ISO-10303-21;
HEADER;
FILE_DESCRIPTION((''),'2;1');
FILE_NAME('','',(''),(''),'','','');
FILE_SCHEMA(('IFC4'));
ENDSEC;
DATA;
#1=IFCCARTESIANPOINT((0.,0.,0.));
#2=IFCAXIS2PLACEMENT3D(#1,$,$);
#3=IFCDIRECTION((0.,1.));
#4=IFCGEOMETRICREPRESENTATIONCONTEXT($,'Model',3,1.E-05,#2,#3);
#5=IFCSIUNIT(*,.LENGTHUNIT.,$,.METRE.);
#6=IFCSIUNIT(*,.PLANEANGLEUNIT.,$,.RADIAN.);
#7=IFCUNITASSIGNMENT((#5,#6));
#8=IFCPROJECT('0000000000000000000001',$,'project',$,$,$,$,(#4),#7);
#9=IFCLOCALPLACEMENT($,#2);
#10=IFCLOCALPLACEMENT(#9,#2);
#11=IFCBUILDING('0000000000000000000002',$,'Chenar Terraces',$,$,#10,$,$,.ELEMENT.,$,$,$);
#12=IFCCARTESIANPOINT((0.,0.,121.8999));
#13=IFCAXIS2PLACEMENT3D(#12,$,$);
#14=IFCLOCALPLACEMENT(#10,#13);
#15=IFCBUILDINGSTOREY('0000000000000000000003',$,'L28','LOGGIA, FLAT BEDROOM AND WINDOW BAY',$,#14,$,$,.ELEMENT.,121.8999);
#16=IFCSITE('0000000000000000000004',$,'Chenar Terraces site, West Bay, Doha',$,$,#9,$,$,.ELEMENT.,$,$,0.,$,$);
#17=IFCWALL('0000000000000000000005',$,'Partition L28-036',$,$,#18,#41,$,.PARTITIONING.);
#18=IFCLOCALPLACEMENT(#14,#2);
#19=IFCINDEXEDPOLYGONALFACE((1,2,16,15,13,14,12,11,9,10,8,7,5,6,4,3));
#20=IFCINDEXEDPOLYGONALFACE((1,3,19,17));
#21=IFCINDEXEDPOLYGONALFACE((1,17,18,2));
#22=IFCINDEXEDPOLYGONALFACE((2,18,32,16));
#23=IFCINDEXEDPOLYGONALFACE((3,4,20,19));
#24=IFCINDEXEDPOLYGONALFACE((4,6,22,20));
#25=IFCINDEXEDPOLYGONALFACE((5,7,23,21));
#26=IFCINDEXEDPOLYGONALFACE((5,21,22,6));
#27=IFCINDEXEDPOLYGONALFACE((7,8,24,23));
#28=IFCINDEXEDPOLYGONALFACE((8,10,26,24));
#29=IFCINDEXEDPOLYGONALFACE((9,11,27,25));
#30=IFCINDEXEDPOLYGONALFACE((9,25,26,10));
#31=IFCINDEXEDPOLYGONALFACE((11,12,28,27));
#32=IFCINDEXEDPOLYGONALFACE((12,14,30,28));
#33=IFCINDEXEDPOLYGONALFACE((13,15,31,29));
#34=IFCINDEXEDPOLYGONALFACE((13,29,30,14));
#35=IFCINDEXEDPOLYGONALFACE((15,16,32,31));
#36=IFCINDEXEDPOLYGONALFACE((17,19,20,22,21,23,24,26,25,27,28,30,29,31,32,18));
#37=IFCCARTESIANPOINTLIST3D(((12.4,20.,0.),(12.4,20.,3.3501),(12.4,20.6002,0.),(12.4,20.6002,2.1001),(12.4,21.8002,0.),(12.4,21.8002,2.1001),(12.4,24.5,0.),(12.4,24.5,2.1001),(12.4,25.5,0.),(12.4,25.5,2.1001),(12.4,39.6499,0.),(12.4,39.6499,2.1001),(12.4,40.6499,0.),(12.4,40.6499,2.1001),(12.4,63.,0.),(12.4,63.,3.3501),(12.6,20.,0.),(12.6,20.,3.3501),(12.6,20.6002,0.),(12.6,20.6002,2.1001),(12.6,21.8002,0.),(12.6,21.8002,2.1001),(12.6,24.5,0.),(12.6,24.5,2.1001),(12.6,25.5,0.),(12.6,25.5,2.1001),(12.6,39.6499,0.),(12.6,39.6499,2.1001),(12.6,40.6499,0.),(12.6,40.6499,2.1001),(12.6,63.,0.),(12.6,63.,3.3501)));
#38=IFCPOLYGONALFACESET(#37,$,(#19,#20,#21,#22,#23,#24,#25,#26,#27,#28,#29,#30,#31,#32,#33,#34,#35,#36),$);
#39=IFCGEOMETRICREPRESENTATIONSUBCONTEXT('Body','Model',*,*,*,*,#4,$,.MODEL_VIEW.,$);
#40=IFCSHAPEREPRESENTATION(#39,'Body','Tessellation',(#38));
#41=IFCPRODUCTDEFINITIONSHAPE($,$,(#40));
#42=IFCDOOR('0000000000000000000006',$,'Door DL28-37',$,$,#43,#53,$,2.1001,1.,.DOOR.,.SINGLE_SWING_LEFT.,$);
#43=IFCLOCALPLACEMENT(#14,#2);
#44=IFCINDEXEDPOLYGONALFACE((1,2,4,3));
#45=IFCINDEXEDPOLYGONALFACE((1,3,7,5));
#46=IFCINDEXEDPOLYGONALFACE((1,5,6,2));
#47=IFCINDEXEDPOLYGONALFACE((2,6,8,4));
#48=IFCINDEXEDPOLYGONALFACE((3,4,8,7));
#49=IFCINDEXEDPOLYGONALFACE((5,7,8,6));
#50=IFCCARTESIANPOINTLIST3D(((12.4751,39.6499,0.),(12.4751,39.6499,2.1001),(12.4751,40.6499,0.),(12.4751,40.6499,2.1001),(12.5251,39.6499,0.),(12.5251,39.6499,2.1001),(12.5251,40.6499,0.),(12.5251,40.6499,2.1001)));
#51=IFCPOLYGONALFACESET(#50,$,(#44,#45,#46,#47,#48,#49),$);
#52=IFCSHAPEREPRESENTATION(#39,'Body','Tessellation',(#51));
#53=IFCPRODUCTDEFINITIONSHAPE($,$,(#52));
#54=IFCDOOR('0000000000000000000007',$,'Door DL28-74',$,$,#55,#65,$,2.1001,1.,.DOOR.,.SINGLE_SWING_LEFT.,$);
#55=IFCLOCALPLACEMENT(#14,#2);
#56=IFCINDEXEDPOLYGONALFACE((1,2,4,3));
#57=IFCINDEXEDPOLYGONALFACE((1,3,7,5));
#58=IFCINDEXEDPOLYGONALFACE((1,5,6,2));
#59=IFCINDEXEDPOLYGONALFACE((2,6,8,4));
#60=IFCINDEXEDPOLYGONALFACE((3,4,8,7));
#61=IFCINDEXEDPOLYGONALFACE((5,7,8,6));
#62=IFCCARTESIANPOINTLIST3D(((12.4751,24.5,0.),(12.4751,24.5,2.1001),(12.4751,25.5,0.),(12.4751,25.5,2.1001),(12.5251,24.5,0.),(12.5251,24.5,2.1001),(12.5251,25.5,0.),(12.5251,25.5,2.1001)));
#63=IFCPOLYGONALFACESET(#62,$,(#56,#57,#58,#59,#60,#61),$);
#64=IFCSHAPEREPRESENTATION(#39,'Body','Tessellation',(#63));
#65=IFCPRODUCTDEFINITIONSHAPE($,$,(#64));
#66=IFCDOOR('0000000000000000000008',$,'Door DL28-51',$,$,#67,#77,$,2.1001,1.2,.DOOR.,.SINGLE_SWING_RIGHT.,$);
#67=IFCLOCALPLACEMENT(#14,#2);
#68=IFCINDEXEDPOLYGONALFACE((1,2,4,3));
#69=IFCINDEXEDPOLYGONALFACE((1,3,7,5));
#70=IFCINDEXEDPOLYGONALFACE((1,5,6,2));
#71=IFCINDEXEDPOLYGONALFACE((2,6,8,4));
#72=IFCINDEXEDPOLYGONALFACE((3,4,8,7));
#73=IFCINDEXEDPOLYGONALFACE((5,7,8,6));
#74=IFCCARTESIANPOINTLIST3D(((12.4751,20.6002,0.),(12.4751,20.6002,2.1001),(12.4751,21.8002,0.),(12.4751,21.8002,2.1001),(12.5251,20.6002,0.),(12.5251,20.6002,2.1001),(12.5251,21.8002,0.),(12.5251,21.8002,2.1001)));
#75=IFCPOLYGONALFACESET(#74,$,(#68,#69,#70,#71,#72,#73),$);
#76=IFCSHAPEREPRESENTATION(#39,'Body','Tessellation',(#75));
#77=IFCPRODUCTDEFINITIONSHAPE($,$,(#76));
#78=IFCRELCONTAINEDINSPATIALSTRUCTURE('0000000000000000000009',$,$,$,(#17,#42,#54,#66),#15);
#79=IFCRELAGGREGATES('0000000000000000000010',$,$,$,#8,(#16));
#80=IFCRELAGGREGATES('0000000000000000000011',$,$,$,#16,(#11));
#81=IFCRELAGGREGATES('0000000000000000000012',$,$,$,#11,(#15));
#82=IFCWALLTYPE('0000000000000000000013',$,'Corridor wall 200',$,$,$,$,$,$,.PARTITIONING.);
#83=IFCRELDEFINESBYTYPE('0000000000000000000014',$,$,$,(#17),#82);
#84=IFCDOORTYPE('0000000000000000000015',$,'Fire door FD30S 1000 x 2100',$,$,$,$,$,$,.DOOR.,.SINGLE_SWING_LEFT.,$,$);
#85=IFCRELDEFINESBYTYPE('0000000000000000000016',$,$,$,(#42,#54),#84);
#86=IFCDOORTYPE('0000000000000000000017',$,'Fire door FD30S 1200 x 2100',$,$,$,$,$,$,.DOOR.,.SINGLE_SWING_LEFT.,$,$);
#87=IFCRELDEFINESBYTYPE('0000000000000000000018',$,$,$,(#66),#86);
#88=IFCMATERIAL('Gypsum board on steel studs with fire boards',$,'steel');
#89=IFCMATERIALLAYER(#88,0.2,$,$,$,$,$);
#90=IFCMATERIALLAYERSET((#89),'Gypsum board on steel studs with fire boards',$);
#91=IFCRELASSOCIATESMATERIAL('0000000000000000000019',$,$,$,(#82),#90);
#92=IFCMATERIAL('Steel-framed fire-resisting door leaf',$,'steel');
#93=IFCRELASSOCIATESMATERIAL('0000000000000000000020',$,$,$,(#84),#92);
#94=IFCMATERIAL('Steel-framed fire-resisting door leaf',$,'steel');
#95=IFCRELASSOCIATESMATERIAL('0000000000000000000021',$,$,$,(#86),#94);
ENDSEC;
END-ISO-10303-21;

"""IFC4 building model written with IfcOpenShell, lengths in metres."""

from ifc_helpers import new_model, si_unit, direction, frame, frame_2d, origin, place, context, subcontext, project, spatial, rectangle, extrude, material, layer, layer_set, type_object, element, fill, save


model = new_model("IFC4")

# Units and contexts
model_context = context("Model", 3, precision=1e-05, world=origin(), true_north=direction((0.0, 1.0)))
body_context = subcontext(model_context, "Body", "Model", "MODEL_VIEW")
ifc_project = project(units=[si_unit("LENGTHUNIT", "METRE"), si_unit("PLANEANGLEUNIT", "RADIAN")], contexts=[model_context])

# Site, building, storey
site_placement = place(None, origin())
site = spatial("IfcSite", under=ifc_project, at=site_placement, Name="Chenar Terraces site, West Bay, Doha", CompositionType="ELEMENT", RefElevation=0.0)
building_placement = place(site_placement, origin())
building = spatial("IfcBuilding", under=site, at=building_placement, Name="Chenar Terraces", CompositionType="ELEMENT")
storey_placement = place(building_placement, frame((0.0, 0.0, 121.8999)))
storey = spatial("IfcBuildingStorey", under=building, at=storey_placement, Name="L28", Description="LOGGIA, FLAT BEDROOM AND WINDOW BAY", CompositionType="ELEMENT", Elevation=121.8999)

# Wall, openings, doors
ifc_material_1 = material(Name="Gypsum board on steel studs with fire boards", Category="steel")
ifc_layer_1 = layer(ifc_material_1, 0.2)
ifc_layer_set_1 = layer_set([ifc_layer_1], Name="Gypsum board on steel studs with fire boards")
wall_type_1 = type_object("IfcWallType", Name="Corridor wall 200", PredefinedType="PARTITIONING", material=ifc_layer_set_1)
wall_1_placement = place(storey_placement, frame((12.5, 20.0, 0.0), z_axis=(0.0, 0.0, 1.0), x_axis=(0.0, 1.0, 0.0)))
wall_1 = element("IfcWall", 1, at=wall_1_placement, inside=storey, type_object=wall_type_1, Name="Partition L28-036", PredefinedType="PARTITIONING", context=body_context, shape_type="SweptSolid", body=[
    extrude(rectangle(XDim=43.0, YDim=0.2, at=frame_2d((21.5, 0.0))), origin(), (0.0, 0.0, 1.0), 3.3501),
])
opening_1_placement = place(wall_1_placement, frame((19.6499, 0.0, 0.0)))
opening_1 = element("IfcOpeningElement", 2, at=opening_1_placement, cuts=wall_1, PredefinedType="OPENING", context=body_context, shape_type="SweptSolid", body=[
    extrude(rectangle(XDim=1.0, YDim=2.1001, at=frame_2d((0.5, 1.05))), frame((0.0, 0.1099, 0.0), z_axis=(0.0, -1.0, 0.0), x_axis=(1.0, 0.0, 0.0)), (0.0, 0.0, 1.0), 0.22),
])
opening_2_placement = place(wall_1_placement, frame((0.6001, 0.0, 0.0)))
opening_2 = element("IfcOpeningElement", 3, at=opening_2_placement, cuts=wall_1, PredefinedType="OPENING", context=body_context, shape_type="SweptSolid", body=[
    extrude(rectangle(XDim=1.2, YDim=2.1001, at=frame_2d((0.6001, 1.05))), frame((0.0, 0.1099, 0.0), z_axis=(0.0, -1.0, 0.0), x_axis=(1.0, 0.0, 0.0)), (0.0, 0.0, 1.0), 0.22),
])
opening_3_placement = place(wall_1_placement, frame((4.5, 0.0, 0.0)))
opening_3 = element("IfcOpeningElement", 4, at=opening_3_placement, cuts=wall_1, PredefinedType="OPENING", context=body_context, shape_type="SweptSolid", body=[
    extrude(rectangle(XDim=1.0, YDim=2.1001, at=frame_2d((0.5, 1.05))), frame((0.0, 0.1099, 0.0), z_axis=(0.0, -1.0, 0.0), x_axis=(1.0, 0.0, 0.0)), (0.0, 0.0, 1.0), 0.22),
])
ifc_material_2 = material(Name="Steel-framed fire-resisting door leaf", Category="steel")
door_type_1 = type_object("IfcDoorType", Name="Fire door FD30S 1000 x 2100", OperationType="SINGLE_SWING_LEFT", PredefinedType="DOOR", material=ifc_material_2)
door_1_placement = place(opening_1_placement, origin())
door_1 = element("IfcDoor", 5, at=door_1_placement, inside=storey, type_object=door_type_1, Name="Door DL28-37", OperationType="SINGLE_SWING_LEFT", OverallHeight=2.1001, OverallWidth=1.0, PredefinedType="DOOR", context=body_context, shape_type="SweptSolid", body=[
    extrude(rectangle(XDim=1.0, YDim=2.1001, at=frame_2d((0.5, 1.05))), frame((0.0, 0.0249, 0.0), z_axis=(0.0, -1.0, 0.0), x_axis=(1.0, 0.0, 0.0)), (0.0, 0.0, 1.0), 0.05),
])
fill(opening_1, door_1)
door_2_placement = place(opening_3_placement, origin())
door_2 = element("IfcDoor", 6, at=door_2_placement, inside=storey, type_object=door_type_1, Name="Door DL28-74", OperationType="SINGLE_SWING_LEFT", OverallHeight=2.1001, OverallWidth=1.0, PredefinedType="DOOR", context=body_context, shape_type="SweptSolid", body=[
    extrude(rectangle(XDim=1.0, YDim=2.1001, at=frame_2d((0.5, 1.05))), frame((0.0, 0.0249, 0.0), z_axis=(0.0, -1.0, 0.0), x_axis=(1.0, 0.0, 0.0)), (0.0, 0.0, 1.0), 0.05),
])
fill(opening_3, door_2)
ifc_material_3 = material(Name="Steel-framed fire-resisting door leaf", Category="steel")
door_type_2 = type_object("IfcDoorType", Name="Fire door FD30S 1200 x 2100", OperationType="SINGLE_SWING_LEFT", PredefinedType="DOOR", material=ifc_material_3)
door_3_placement = place(opening_2_placement, origin())
door_3 = element("IfcDoor", 7, at=door_3_placement, inside=storey, type_object=door_type_2, Name="Door DL28-51", OperationType="SINGLE_SWING_RIGHT", OverallHeight=2.1001, OverallWidth=1.2, PredefinedType="DOOR", context=body_context, shape_type="SweptSolid", body=[
    extrude(rectangle(XDim=1.2, YDim=2.1001, at=frame_2d((0.6001, 1.05))), frame((0.0, 0.0249, 0.0), z_axis=(0.0, -1.0, 0.0), x_axis=(1.0, 0.0, 0.0)), (0.0, 0.0, 1.0), 0.05),
])
fill(opening_2, door_3)

save(model, "model.ifc")
